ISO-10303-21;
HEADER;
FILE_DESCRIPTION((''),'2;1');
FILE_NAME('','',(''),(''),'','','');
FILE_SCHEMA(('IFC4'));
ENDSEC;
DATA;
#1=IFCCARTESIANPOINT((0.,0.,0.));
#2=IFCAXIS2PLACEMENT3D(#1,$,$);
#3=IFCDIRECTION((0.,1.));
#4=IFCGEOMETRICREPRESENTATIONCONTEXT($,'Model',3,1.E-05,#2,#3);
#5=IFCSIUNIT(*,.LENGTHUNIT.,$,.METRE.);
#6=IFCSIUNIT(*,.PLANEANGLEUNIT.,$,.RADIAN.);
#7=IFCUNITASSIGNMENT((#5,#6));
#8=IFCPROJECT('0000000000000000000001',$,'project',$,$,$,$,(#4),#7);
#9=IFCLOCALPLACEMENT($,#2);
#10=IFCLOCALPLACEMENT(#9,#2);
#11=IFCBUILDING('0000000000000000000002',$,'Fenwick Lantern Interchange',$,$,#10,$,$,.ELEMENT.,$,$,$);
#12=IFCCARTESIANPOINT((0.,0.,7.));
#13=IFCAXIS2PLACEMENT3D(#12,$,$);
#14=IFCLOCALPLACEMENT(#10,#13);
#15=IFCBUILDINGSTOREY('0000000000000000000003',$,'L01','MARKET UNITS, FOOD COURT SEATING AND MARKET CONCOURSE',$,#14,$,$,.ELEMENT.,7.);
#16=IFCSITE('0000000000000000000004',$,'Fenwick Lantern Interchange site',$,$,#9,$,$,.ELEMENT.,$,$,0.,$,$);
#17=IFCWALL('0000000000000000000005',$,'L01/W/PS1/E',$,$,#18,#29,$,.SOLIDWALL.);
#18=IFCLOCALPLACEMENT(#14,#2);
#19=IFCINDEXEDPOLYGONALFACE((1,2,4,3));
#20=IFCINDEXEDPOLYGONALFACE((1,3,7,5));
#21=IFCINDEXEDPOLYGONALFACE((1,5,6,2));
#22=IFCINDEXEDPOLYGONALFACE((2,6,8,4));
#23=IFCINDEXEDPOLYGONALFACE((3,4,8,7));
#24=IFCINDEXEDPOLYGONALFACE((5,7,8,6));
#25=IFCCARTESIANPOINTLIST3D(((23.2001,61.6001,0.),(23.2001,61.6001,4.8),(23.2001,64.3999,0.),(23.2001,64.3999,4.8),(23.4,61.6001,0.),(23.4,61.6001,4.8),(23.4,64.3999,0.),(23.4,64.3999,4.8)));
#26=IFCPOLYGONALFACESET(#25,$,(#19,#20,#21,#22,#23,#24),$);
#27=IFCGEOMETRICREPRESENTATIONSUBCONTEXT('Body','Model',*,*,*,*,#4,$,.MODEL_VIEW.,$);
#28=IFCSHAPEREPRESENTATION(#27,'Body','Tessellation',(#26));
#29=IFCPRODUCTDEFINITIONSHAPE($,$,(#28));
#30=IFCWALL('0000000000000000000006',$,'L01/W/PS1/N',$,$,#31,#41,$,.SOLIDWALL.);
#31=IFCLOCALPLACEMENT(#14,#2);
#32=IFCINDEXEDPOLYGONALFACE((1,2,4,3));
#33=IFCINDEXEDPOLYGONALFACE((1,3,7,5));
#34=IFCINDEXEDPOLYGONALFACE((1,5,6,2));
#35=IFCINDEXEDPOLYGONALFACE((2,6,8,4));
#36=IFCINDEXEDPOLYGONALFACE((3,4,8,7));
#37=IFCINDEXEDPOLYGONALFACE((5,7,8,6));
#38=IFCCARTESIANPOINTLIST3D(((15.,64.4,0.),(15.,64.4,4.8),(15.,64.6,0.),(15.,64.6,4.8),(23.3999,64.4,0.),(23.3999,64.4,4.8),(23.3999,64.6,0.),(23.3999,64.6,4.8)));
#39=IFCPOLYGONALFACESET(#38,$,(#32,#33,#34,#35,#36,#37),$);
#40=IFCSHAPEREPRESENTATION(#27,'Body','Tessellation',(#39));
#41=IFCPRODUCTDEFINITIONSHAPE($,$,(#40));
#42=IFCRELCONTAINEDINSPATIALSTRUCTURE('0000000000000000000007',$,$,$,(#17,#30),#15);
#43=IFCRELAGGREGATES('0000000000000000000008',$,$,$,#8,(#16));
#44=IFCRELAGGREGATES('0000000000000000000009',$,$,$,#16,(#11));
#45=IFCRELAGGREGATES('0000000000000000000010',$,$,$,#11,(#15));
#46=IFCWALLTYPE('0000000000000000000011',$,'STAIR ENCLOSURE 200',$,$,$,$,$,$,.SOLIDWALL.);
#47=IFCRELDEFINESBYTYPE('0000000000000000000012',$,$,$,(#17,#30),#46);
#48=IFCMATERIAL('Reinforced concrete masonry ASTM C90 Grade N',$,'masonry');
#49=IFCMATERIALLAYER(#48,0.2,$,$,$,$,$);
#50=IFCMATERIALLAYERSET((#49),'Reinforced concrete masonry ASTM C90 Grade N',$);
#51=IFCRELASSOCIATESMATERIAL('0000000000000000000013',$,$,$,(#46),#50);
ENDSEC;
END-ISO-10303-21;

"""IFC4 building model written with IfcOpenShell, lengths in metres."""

from ifc_helpers import new_model, si_unit, direction, frame, frame_2d, origin, place, context, subcontext, project, spatial, rectangle, extrude, material, layer, layer_set, type_object, element, save


model = new_model("IFC4")

# Units and contexts
model_context = context("Model", 3, precision=1e-05, world=origin(), true_north=direction((0.0, 1.0)))
body_context = subcontext(model_context, "Body", "Model", "MODEL_VIEW")
ifc_project = project(units=[si_unit("LENGTHUNIT", "METRE"), si_unit("PLANEANGLEUNIT", "RADIAN")], contexts=[model_context])

# Site, building, storey
site_placement = place(None, origin())
site = spatial("IfcSite", under=ifc_project, at=site_placement, Name="Fenwick Lantern Interchange site", CompositionType="ELEMENT", RefElevation=0.0)
building_placement = place(site_placement, origin())
building = spatial("IfcBuilding", under=site, at=building_placement, Name="Fenwick Lantern Interchange", CompositionType="ELEMENT")
storey_placement = place(building_placement, frame((0.0, 0.0, 7.0)))
storey = spatial("IfcBuildingStorey", under=building, at=storey_placement, Name="L01", Description="MARKET UNITS, FOOD COURT SEATING AND MARKET CONCOURSE", CompositionType="ELEMENT", Elevation=7.0)

# Walls
ifc_material_1 = material(Name="Reinforced concrete masonry ASTM C90 Grade N", Category="masonry")
ifc_layer_1 = layer(ifc_material_1, 0.2)
ifc_layer_set_1 = layer_set([ifc_layer_1], Name="Reinforced concrete masonry ASTM C90 Grade N")
wall_type_1 = type_object("IfcWallType", Name="STAIR ENCLOSURE 200", PredefinedType="SOLIDWALL", material=ifc_layer_set_1)
wall_1_placement = place(storey_placement, frame((23.3, 61.6001, 0.0), z_axis=(0.0, 0.0, 1.0), x_axis=(0.0, 1.0, 0.0)))
element("IfcWall", 1, at=wall_1_placement, inside=storey, type_object=wall_type_1, Name="L01/W/PS1/E", PredefinedType="SOLIDWALL", context=body_context, shape_type="SweptSolid", body=[
    extrude(rectangle(XDim=2.7998, YDim=0.2, at=frame_2d((1.3999, 0.0))), origin(), (0.0, 0.0, 1.0), 4.8),
])
wall_2_placement = place(storey_placement, frame((23.3999, 64.5, 0.0), z_axis=(0.0, 0.0, 1.0), x_axis=(-1.0, 0.0, 0.0)))
element("IfcWall", 2, at=wall_2_placement, inside=storey, type_object=wall_type_1, Name="L01/W/PS1/N", PredefinedType="SOLIDWALL", context=body_context, shape_type="SweptSolid", body=[
    extrude(rectangle(XDim=8.3999, YDim=0.2, at=frame_2d((4.2, 0.0))), origin(), (0.0, 0.0, 1.0), 4.8),
])

save(model, "model.ifc")
